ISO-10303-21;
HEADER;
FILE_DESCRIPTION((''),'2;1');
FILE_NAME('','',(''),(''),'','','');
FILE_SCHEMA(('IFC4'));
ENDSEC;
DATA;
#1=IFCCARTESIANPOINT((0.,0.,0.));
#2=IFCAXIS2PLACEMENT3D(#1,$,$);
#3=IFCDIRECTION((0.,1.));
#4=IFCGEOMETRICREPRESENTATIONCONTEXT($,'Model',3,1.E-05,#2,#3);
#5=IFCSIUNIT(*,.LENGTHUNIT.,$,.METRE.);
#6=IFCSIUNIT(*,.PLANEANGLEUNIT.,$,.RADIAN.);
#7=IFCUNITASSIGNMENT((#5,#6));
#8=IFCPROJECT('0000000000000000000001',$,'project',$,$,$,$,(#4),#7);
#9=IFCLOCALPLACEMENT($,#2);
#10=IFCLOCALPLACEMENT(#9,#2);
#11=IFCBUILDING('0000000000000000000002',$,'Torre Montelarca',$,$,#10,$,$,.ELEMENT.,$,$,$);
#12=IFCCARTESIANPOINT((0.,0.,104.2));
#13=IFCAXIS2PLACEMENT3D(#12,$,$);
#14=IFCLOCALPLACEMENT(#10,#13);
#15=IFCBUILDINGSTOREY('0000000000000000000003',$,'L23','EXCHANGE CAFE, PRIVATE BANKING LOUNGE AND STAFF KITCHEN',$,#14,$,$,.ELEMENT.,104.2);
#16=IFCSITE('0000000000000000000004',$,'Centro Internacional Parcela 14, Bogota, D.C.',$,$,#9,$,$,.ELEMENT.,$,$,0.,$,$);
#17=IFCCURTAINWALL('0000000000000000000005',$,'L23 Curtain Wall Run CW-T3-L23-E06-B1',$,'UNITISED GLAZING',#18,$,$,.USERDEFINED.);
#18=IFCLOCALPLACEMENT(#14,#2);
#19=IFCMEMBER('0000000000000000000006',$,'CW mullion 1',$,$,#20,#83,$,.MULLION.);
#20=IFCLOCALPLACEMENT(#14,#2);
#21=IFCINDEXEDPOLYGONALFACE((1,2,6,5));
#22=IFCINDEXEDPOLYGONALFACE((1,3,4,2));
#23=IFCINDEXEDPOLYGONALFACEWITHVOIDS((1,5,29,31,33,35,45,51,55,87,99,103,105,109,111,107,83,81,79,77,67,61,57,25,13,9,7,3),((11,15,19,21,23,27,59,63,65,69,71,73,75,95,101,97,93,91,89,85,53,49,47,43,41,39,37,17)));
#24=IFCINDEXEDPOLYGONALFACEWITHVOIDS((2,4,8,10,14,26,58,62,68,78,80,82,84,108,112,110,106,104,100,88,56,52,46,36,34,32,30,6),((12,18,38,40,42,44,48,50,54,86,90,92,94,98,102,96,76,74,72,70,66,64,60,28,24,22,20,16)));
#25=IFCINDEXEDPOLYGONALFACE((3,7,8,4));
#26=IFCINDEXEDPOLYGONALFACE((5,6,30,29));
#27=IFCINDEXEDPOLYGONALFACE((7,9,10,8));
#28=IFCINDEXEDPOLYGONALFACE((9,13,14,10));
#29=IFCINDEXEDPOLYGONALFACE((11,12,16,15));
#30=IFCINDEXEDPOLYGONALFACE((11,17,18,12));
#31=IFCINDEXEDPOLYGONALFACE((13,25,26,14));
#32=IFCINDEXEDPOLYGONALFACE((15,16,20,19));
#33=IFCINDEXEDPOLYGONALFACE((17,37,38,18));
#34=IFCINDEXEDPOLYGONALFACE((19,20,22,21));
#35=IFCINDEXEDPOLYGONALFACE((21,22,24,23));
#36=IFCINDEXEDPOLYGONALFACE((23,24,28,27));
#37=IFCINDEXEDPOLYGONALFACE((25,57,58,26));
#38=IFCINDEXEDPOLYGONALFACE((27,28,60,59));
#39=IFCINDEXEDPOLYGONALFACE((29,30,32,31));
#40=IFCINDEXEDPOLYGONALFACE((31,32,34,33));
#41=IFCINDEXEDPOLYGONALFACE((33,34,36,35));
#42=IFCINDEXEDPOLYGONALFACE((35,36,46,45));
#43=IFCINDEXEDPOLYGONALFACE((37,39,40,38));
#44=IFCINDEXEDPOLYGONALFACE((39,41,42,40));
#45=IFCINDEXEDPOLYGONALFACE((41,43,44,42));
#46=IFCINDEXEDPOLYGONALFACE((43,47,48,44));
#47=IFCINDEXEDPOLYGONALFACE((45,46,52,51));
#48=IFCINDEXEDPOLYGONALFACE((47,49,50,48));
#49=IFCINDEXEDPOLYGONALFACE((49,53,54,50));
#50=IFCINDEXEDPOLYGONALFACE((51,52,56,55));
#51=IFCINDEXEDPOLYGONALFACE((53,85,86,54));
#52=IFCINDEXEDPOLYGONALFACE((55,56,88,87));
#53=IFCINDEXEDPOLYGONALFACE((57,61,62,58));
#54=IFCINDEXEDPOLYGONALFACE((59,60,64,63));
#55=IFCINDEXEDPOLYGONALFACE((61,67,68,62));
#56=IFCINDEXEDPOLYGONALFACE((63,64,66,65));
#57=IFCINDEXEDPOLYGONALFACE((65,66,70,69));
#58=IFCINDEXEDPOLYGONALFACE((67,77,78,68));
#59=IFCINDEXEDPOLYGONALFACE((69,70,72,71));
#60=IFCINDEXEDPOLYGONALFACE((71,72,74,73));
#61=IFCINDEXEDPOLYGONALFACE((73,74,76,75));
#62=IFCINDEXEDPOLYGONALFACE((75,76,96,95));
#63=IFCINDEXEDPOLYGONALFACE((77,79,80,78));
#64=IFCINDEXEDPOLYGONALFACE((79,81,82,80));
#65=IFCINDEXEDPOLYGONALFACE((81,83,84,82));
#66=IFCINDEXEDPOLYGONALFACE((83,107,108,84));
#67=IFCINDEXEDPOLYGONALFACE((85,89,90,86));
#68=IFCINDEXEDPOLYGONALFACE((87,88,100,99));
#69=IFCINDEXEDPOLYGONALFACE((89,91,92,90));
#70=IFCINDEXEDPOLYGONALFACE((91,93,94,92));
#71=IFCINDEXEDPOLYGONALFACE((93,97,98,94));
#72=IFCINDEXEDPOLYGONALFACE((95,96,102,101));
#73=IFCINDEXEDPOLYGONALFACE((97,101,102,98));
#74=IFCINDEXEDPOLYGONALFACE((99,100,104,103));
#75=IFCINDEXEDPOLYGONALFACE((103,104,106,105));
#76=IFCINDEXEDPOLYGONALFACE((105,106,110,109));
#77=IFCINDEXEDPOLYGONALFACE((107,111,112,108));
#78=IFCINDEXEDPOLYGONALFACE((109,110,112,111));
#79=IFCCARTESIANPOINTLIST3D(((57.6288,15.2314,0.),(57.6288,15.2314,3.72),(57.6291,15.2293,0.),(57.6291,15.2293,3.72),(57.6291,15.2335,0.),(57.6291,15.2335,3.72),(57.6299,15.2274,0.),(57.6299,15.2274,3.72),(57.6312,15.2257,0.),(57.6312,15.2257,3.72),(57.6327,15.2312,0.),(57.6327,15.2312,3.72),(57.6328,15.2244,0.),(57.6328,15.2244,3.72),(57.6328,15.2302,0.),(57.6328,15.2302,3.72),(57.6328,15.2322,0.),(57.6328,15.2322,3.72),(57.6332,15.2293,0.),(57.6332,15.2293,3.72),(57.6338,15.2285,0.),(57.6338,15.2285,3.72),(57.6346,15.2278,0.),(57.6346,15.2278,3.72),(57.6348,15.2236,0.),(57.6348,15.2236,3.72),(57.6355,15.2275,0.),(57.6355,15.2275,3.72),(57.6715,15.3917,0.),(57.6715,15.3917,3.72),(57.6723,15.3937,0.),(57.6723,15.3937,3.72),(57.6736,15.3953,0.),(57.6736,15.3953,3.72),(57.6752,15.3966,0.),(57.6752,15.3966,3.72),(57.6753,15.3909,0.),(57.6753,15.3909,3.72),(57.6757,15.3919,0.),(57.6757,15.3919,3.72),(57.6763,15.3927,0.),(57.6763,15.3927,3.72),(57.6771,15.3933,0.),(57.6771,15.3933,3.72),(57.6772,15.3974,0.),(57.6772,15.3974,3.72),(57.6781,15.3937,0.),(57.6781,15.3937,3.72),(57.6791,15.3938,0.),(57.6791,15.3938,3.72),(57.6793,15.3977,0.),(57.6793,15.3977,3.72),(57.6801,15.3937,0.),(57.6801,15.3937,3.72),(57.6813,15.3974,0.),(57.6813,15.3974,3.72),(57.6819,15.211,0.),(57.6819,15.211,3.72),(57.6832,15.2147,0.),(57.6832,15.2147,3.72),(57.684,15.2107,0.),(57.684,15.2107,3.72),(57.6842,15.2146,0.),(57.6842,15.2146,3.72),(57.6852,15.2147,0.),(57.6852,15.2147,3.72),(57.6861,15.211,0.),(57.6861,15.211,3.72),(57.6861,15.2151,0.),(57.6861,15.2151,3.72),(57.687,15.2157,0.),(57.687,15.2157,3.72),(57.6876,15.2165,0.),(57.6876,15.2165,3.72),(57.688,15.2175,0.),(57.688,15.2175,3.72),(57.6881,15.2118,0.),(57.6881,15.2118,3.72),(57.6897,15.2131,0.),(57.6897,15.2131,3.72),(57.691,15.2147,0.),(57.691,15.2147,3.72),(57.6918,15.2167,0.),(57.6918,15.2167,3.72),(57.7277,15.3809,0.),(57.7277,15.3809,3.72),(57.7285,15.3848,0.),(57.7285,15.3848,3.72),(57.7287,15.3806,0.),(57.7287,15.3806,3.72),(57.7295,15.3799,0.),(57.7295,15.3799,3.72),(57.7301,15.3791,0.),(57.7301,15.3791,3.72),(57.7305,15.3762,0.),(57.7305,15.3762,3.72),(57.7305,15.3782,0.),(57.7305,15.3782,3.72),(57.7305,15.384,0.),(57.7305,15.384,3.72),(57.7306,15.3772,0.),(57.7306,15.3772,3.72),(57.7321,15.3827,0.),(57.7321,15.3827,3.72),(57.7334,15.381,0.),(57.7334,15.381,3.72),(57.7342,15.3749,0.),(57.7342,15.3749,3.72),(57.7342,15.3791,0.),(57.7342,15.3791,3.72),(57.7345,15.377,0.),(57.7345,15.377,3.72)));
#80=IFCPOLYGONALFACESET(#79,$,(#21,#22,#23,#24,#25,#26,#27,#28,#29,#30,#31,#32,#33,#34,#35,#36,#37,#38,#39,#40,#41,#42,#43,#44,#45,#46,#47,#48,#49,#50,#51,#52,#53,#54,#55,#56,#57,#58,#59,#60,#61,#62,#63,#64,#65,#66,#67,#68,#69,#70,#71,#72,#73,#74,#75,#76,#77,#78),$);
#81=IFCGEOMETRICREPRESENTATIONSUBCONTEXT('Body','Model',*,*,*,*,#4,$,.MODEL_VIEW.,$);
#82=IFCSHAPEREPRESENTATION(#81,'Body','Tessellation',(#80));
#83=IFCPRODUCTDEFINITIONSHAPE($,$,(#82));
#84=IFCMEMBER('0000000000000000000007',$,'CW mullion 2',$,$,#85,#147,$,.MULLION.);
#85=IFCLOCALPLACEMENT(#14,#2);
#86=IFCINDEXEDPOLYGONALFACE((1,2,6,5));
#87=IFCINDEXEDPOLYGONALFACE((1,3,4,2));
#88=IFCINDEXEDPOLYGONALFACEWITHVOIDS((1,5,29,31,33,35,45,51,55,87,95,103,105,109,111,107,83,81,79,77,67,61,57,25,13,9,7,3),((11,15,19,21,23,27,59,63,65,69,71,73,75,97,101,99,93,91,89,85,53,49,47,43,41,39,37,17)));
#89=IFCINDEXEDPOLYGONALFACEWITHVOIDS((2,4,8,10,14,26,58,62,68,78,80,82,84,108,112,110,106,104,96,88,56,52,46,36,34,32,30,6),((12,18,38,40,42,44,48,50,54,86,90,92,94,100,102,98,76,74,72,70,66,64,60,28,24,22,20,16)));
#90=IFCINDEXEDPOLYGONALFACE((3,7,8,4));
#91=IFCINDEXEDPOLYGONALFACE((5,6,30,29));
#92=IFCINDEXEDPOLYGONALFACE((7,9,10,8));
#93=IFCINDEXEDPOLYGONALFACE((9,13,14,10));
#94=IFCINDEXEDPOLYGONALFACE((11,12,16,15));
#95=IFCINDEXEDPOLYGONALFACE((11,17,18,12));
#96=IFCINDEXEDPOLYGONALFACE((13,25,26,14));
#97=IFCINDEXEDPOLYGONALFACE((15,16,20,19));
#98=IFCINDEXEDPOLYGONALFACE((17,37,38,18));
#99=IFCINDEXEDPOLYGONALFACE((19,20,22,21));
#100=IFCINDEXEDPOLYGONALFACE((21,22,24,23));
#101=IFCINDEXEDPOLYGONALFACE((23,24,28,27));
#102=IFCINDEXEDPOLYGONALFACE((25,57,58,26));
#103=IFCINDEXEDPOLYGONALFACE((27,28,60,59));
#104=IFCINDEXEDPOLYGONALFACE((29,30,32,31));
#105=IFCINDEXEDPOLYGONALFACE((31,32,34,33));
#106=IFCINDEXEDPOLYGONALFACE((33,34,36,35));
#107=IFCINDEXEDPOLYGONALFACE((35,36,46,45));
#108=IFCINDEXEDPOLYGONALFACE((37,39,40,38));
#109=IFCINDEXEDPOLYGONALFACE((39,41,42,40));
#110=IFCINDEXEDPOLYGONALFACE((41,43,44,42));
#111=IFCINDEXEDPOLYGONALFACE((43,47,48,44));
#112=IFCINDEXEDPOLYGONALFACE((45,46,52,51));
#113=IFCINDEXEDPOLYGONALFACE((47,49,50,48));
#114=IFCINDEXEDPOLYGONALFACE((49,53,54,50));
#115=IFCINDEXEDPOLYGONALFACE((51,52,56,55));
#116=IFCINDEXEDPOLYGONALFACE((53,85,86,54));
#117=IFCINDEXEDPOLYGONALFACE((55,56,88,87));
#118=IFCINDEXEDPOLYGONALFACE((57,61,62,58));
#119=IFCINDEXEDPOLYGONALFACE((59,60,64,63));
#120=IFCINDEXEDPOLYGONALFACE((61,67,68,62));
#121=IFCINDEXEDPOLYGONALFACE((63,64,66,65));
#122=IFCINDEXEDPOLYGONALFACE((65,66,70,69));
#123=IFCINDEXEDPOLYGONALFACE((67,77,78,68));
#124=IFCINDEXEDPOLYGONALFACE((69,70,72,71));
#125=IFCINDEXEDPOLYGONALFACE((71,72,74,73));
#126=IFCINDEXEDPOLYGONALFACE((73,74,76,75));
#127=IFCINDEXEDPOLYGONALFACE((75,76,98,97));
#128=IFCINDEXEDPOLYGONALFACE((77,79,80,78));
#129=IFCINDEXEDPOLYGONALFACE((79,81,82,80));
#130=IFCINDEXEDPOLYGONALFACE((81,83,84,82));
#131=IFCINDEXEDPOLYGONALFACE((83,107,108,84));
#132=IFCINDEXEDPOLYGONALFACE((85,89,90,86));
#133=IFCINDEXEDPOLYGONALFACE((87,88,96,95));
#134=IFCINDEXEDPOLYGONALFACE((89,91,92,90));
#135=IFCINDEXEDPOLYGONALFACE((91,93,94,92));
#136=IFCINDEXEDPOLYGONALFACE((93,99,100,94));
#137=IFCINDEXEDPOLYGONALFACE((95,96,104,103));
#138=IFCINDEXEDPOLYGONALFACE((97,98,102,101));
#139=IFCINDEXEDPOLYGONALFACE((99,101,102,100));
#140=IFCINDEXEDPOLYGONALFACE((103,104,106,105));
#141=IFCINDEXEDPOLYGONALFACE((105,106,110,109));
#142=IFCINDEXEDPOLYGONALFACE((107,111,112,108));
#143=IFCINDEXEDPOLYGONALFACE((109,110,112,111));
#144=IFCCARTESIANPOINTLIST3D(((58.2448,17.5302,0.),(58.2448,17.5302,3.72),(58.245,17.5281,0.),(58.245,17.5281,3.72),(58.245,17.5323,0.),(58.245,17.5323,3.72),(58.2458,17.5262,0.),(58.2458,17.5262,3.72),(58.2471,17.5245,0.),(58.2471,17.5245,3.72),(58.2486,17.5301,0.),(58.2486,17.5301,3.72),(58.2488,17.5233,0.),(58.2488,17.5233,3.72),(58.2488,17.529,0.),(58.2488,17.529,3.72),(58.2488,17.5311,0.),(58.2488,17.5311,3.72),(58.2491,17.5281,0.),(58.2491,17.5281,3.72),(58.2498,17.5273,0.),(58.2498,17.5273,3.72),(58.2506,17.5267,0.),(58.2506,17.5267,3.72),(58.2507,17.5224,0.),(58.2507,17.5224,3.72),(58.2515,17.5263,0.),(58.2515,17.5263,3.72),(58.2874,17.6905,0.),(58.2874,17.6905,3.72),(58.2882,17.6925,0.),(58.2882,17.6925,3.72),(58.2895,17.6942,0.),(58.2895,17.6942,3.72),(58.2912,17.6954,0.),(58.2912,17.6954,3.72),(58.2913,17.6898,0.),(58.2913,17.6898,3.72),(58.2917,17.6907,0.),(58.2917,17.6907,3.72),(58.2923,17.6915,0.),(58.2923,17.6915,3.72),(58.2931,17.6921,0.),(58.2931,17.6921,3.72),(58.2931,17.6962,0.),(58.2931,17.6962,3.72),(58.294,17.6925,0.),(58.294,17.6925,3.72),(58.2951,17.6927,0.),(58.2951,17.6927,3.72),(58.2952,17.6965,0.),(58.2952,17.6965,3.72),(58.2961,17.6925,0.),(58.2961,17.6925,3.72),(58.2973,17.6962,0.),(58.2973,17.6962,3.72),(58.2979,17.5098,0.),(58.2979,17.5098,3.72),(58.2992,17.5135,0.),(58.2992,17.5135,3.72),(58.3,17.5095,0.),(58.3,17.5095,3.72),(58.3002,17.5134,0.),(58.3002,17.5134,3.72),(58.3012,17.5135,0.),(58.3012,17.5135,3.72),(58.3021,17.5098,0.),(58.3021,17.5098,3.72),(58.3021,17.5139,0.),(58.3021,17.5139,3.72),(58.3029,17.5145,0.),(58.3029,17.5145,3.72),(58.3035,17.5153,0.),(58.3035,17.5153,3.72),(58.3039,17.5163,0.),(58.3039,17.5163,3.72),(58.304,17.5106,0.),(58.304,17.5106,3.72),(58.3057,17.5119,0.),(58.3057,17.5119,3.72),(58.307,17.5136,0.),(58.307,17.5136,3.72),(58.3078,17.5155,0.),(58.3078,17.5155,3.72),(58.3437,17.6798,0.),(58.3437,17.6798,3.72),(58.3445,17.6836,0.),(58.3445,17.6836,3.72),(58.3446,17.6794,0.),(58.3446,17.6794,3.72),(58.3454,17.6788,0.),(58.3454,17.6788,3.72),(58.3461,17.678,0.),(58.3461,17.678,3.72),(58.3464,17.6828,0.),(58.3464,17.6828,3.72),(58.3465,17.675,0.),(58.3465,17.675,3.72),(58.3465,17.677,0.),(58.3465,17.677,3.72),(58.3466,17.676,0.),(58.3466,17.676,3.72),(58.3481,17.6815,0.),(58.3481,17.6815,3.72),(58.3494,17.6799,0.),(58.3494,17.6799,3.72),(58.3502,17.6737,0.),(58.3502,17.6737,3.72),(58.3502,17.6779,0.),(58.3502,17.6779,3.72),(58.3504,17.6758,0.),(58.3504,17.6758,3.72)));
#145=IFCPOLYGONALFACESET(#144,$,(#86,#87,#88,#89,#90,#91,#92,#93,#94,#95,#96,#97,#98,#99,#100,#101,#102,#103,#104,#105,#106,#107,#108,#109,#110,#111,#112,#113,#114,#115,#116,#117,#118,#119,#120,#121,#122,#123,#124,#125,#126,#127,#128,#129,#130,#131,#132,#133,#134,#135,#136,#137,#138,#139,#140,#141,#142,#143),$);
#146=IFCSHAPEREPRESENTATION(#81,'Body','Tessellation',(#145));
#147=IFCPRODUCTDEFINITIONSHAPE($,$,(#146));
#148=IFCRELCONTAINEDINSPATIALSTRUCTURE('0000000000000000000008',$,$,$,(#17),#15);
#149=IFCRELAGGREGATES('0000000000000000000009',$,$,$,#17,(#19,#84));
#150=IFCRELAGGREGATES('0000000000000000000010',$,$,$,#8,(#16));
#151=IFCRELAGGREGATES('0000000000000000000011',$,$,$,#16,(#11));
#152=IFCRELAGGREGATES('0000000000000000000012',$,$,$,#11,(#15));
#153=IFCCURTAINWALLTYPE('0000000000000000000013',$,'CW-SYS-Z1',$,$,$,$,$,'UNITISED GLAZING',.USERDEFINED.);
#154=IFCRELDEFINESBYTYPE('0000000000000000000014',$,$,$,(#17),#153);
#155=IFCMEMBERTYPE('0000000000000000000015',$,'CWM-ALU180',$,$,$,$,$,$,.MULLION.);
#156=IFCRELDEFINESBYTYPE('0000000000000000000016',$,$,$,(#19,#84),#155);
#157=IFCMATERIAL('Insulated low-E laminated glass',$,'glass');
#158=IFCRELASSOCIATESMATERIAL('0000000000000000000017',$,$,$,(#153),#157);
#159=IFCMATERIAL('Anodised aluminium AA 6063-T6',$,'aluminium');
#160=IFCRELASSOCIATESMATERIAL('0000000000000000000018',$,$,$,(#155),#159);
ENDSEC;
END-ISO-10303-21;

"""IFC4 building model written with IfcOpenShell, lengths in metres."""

from ifc_helpers import new_model, si_unit, direction, frame, origin, origin_2d, place, context, subcontext, project, spatial, hollow_rectangle, extrude, source, transform, mapped, material, material_profile, profile_set, type_object, element, aggregate, save


model = new_model("IFC4")

# Units and contexts
model_context = context("Model", 3, precision=1e-05, world=origin(), true_north=direction((0.0, 1.0)))
body_context = subcontext(model_context, "Body", "Model", "MODEL_VIEW")
ifc_project = project(units=[si_unit("LENGTHUNIT", "METRE"), si_unit("PLANEANGLEUNIT", "RADIAN")], contexts=[model_context])

# Site, building, storey
site_placement = place(None, origin())
site = spatial("IfcSite", under=ifc_project, at=site_placement, Name="Centro Internacional Parcela 14, Bogota, D.C.", CompositionType="ELEMENT", RefElevation=0.0)
building_placement = place(site_placement, origin())
building = spatial("IfcBuilding", under=site, at=building_placement, Name="Torre Montelarca", CompositionType="ELEMENT")
storey_placement = place(building_placement, frame((0.0, 0.0, 104.2)))
storey = spatial("IfcBuildingStorey", under=building, at=storey_placement, Name="L23", Description="EXCHANGE CAFE, PRIVATE BANKING LOUNGE AND STAFF KITCHEN", CompositionType="ELEMENT", Elevation=104.2)

# Curtain wall
ifc_material_1 = material(Name="Insulated low-E laminated glass", Category="glass")
curtain_wall_type = type_object("IfcCurtainWallType", Name="CW-SYS-Z1", ElementType="UNITISED GLAZING", PredefinedType="USERDEFINED", material=ifc_material_1)
ifc_material_2 = material(Name="Anodised aluminium AA 6063-T6", Category="aluminium")
curtain_wall_1_placement = place(storey_placement, origin())
curtain_wall_1 = element("IfcCurtainWall", 1, at=curtain_wall_1_placement, inside=storey, type_object=curtain_wall_type, Name="L23 Curtain Wall Run CW-T3-L23-E06-B1", ObjectType="UNITISED GLAZING", PredefinedType="USERDEFINED")

# Shared definitions
ifc_material_profile_1 = material_profile(ifc_material_2, hollow_rectangle(XDim=0.0649, YDim=0.1799, WallThickness=0.0039, InnerFilletRadius=0.0039, OuterFilletRadius=0.0081, at=origin_2d()), Name="ALU65X180X4", Category="aluminium")
ifc_profile_set_1 = profile_set([ifc_material_profile_1], Name="Anodised aluminium AA 6063-T6")
member_type_1 = type_object("IfcMemberType", Name="CWM-ALU180", PredefinedType="MULLION", material=ifc_profile_set_1)
shared_shape_1 = source(origin(), body_context, "Body", "SweptSolid", [
    extrude(hollow_rectangle(XDim=0.0649, YDim=0.1799, WallThickness=0.0039, InnerFilletRadius=0.0039, OuterFilletRadius=0.0081, at=origin_2d()), origin(), (0.0, 0.0, 1.0), 3.72),
])

# Members
member_1_placement = place(storey_placement, frame((57.6816, 15.3042, 0.0), z_axis=(0.0, 0.0, 1.0), x_axis=(-0.965927, 0.258813, 0.0)))
member_1 = element("IfcMember", 2, at=member_1_placement, type_object=member_type_1, Name="CW mullion 1", PredefinedType="MULLION", context=body_context, shape_type="MappedRepresentation", body=[
    mapped(shared_shape_1, transform((0.0, 0.0, 0.0), scale=1.0)),
])
member_2_placement = place(storey_placement, frame((58.2976, 17.603, 0.0), z_axis=(0.0, 0.0, 1.0), x_axis=(-0.965927, 0.258813, 0.0)))
member_2 = element("IfcMember", 3, at=member_2_placement, type_object=member_type_1, Name="CW mullion 2", PredefinedType="MULLION", context=body_context, shape_type="MappedRepresentation", body=[
    mapped(shared_shape_1, transform((0.0, 0.0, 0.0), scale=1.0)),
])

aggregate(curtain_wall_1, [member_1, member_2])

save(model, "model.ifc")
